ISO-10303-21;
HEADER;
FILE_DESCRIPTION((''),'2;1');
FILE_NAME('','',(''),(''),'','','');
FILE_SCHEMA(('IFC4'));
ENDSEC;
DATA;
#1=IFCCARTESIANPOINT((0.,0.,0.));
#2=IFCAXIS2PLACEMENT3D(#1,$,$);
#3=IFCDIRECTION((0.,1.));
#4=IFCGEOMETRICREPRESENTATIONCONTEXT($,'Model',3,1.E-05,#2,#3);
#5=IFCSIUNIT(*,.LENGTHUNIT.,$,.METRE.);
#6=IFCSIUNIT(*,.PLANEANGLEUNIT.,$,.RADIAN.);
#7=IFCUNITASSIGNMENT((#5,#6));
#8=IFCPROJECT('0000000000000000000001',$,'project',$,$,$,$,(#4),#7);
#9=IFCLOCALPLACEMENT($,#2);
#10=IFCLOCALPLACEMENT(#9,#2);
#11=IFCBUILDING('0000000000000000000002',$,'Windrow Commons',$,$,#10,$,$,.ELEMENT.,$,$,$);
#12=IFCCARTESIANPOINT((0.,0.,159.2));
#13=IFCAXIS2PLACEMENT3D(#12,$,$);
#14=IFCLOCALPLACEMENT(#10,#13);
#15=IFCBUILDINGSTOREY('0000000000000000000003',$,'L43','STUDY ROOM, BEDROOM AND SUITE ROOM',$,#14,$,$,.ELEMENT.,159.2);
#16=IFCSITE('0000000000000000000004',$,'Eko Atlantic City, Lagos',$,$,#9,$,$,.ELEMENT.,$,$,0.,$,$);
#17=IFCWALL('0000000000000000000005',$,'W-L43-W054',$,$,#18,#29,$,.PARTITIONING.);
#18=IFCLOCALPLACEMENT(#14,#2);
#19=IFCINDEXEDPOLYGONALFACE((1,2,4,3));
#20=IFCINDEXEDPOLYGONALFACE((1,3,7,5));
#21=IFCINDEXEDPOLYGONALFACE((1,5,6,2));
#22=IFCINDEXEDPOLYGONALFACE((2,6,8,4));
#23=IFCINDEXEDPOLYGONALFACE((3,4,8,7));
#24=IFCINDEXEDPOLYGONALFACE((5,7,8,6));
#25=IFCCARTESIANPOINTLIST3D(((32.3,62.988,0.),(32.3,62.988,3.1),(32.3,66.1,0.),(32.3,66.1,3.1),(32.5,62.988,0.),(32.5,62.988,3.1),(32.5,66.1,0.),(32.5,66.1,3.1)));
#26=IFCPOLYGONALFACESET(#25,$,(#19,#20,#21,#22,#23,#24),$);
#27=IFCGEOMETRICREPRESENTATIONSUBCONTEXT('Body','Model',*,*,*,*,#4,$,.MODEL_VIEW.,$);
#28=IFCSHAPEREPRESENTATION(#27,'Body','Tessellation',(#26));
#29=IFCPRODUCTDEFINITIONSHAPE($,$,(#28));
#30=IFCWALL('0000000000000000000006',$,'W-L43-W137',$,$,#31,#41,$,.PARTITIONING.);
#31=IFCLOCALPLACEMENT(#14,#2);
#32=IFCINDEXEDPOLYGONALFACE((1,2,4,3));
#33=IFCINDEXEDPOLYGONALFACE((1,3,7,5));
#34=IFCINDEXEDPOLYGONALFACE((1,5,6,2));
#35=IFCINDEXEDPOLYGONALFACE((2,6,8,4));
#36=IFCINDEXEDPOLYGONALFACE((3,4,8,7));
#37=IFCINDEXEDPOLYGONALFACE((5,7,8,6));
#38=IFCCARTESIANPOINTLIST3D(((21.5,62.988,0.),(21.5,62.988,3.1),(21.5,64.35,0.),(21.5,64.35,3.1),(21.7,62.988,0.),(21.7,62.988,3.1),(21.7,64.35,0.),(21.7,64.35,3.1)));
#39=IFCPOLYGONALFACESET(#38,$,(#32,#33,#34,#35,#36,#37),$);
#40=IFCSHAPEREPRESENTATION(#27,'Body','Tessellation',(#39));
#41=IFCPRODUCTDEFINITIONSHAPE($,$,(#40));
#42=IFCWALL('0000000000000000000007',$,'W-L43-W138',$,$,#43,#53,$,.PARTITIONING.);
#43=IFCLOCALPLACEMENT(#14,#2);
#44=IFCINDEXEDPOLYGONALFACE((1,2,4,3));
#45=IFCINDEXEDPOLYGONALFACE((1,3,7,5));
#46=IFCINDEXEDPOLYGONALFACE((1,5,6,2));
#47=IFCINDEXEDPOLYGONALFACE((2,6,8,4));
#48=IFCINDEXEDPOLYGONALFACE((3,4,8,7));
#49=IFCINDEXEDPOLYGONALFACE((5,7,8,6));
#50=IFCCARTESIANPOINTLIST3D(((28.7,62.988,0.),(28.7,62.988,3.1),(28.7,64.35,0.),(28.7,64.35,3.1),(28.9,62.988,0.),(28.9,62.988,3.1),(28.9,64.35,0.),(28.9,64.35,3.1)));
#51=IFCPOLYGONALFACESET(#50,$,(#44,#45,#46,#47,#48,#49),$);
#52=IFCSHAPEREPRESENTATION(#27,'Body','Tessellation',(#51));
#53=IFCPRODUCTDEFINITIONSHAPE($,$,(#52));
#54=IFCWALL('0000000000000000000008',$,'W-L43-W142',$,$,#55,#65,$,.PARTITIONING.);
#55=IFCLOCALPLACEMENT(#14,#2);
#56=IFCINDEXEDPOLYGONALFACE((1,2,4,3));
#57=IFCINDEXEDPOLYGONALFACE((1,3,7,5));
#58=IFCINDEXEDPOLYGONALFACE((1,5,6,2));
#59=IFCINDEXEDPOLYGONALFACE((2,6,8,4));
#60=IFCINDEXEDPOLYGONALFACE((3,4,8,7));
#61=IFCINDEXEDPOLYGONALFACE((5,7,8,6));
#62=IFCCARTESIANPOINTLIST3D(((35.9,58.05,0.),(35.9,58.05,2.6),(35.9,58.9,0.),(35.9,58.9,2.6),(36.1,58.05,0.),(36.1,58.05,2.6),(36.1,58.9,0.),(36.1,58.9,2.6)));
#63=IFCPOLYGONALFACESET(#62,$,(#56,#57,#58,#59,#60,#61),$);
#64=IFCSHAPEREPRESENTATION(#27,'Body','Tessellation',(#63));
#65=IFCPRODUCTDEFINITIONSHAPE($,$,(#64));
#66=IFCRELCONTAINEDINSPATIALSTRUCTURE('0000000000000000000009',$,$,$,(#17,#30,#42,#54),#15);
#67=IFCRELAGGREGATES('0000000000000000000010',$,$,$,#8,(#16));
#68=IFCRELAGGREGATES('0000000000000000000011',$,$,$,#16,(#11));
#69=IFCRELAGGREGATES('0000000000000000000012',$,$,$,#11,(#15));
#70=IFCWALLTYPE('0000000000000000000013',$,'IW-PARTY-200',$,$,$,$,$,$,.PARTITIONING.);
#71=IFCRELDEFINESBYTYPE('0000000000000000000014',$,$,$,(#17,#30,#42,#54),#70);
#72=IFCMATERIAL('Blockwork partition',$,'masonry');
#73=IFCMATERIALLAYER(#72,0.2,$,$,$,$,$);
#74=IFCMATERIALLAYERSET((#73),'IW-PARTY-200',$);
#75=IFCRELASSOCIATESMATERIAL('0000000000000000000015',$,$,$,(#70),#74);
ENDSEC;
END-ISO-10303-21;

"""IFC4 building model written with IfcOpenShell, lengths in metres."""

from ifc_helpers import new_model, si_unit, direction, frame, frame_2d, origin, place, context, subcontext, project, spatial, rectangle, extrude, material, layer, layer_set, type_object, element, save


model = new_model("IFC4")

# Units and contexts
model_context = context("Model", 3, precision=1e-05, world=origin(), true_north=direction((0.0, 1.0)))
body_context = subcontext(model_context, "Body", "Model", "MODEL_VIEW")
ifc_project = project(units=[si_unit("LENGTHUNIT", "METRE"), si_unit("PLANEANGLEUNIT", "RADIAN")], contexts=[model_context])

# Site, building, storey
site_placement = place(None, origin())
site = spatial("IfcSite", under=ifc_project, at=site_placement, Name="Eko Atlantic City, Lagos", CompositionType="ELEMENT", RefElevation=0.0)
building_placement = place(site_placement, origin())
building = spatial("IfcBuilding", under=site, at=building_placement, Name="Windrow Commons", CompositionType="ELEMENT")
storey_placement = place(building_placement, frame((0.0, 0.0, 159.2)))
storey = spatial("IfcBuildingStorey", under=building, at=storey_placement, Name="L43", Description="STUDY ROOM, BEDROOM AND SUITE ROOM", CompositionType="ELEMENT", Elevation=159.2)

# Walls
ifc_material_1 = material(Name="Blockwork partition", Category="masonry")
ifc_layer_1 = layer(ifc_material_1, 0.2)
ifc_layer_set_1 = layer_set([ifc_layer_1], Name="IW-PARTY-200")
wall_type_1 = type_object("IfcWallType", Name="IW-PARTY-200", PredefinedType="PARTITIONING", material=ifc_layer_set_1)
for number, where, z_axis, x_axis, name in (
    (1, (32.4, 62.988, 0.0), (0.0, 0.0, 1.0), (0.0, 1.0, 0.0), "W-L43-W054"),
):
    element("IfcWall", number, at=place(storey_placement, frame(where, z_axis=z_axis, x_axis=x_axis)), inside=storey, type_object=wall_type_1, Name=name, PredefinedType="PARTITIONING", context=body_context, shape_type="SweptSolid", body=[
        extrude(rectangle(XDim=3.112, YDim=0.2, at=frame_2d((1.556, 0.0))), origin(), (0.0, 0.0, 1.0), 3.1),
    ])
for number, where, z_axis, x_axis, name in (
    (2, (21.6, 62.988, 0.0), (0.0, 0.0, 1.0), (0.0, 1.0, 0.0), "W-L43-W137"),
    (3, (28.8, 62.988, 0.0), (0.0, 0.0, 1.0), (0.0, 1.0, 0.0), "W-L43-W138"),
):
    element("IfcWall", number, at=place(storey_placement, frame(where, z_axis=z_axis, x_axis=x_axis)), inside=storey, type_object=wall_type_1, Name=name, PredefinedType="PARTITIONING", context=body_context, shape_type="SweptSolid", body=[
        extrude(rectangle(XDim=1.362, YDim=0.2, at=frame_2d((0.681, 0.0))), origin(), (0.0, 0.0, 1.0), 3.1),
    ])
wall_1_placement = place(storey_placement, frame((36.0, 58.05, 0.0), z_axis=(0.0, 0.0, 1.0), x_axis=(0.0, 1.0, 0.0)))
element("IfcWall", 4, at=wall_1_placement, inside=storey, type_object=wall_type_1, Name="W-L43-W142", PredefinedType="PARTITIONING", context=body_context, shape_type="SweptSolid", body=[
    extrude(rectangle(XDim=0.85, YDim=0.2, at=frame_2d((0.425, 0.0))), origin(), (0.0, 0.0, 1.0), 2.6),
])

save(model, "model.ifc")
